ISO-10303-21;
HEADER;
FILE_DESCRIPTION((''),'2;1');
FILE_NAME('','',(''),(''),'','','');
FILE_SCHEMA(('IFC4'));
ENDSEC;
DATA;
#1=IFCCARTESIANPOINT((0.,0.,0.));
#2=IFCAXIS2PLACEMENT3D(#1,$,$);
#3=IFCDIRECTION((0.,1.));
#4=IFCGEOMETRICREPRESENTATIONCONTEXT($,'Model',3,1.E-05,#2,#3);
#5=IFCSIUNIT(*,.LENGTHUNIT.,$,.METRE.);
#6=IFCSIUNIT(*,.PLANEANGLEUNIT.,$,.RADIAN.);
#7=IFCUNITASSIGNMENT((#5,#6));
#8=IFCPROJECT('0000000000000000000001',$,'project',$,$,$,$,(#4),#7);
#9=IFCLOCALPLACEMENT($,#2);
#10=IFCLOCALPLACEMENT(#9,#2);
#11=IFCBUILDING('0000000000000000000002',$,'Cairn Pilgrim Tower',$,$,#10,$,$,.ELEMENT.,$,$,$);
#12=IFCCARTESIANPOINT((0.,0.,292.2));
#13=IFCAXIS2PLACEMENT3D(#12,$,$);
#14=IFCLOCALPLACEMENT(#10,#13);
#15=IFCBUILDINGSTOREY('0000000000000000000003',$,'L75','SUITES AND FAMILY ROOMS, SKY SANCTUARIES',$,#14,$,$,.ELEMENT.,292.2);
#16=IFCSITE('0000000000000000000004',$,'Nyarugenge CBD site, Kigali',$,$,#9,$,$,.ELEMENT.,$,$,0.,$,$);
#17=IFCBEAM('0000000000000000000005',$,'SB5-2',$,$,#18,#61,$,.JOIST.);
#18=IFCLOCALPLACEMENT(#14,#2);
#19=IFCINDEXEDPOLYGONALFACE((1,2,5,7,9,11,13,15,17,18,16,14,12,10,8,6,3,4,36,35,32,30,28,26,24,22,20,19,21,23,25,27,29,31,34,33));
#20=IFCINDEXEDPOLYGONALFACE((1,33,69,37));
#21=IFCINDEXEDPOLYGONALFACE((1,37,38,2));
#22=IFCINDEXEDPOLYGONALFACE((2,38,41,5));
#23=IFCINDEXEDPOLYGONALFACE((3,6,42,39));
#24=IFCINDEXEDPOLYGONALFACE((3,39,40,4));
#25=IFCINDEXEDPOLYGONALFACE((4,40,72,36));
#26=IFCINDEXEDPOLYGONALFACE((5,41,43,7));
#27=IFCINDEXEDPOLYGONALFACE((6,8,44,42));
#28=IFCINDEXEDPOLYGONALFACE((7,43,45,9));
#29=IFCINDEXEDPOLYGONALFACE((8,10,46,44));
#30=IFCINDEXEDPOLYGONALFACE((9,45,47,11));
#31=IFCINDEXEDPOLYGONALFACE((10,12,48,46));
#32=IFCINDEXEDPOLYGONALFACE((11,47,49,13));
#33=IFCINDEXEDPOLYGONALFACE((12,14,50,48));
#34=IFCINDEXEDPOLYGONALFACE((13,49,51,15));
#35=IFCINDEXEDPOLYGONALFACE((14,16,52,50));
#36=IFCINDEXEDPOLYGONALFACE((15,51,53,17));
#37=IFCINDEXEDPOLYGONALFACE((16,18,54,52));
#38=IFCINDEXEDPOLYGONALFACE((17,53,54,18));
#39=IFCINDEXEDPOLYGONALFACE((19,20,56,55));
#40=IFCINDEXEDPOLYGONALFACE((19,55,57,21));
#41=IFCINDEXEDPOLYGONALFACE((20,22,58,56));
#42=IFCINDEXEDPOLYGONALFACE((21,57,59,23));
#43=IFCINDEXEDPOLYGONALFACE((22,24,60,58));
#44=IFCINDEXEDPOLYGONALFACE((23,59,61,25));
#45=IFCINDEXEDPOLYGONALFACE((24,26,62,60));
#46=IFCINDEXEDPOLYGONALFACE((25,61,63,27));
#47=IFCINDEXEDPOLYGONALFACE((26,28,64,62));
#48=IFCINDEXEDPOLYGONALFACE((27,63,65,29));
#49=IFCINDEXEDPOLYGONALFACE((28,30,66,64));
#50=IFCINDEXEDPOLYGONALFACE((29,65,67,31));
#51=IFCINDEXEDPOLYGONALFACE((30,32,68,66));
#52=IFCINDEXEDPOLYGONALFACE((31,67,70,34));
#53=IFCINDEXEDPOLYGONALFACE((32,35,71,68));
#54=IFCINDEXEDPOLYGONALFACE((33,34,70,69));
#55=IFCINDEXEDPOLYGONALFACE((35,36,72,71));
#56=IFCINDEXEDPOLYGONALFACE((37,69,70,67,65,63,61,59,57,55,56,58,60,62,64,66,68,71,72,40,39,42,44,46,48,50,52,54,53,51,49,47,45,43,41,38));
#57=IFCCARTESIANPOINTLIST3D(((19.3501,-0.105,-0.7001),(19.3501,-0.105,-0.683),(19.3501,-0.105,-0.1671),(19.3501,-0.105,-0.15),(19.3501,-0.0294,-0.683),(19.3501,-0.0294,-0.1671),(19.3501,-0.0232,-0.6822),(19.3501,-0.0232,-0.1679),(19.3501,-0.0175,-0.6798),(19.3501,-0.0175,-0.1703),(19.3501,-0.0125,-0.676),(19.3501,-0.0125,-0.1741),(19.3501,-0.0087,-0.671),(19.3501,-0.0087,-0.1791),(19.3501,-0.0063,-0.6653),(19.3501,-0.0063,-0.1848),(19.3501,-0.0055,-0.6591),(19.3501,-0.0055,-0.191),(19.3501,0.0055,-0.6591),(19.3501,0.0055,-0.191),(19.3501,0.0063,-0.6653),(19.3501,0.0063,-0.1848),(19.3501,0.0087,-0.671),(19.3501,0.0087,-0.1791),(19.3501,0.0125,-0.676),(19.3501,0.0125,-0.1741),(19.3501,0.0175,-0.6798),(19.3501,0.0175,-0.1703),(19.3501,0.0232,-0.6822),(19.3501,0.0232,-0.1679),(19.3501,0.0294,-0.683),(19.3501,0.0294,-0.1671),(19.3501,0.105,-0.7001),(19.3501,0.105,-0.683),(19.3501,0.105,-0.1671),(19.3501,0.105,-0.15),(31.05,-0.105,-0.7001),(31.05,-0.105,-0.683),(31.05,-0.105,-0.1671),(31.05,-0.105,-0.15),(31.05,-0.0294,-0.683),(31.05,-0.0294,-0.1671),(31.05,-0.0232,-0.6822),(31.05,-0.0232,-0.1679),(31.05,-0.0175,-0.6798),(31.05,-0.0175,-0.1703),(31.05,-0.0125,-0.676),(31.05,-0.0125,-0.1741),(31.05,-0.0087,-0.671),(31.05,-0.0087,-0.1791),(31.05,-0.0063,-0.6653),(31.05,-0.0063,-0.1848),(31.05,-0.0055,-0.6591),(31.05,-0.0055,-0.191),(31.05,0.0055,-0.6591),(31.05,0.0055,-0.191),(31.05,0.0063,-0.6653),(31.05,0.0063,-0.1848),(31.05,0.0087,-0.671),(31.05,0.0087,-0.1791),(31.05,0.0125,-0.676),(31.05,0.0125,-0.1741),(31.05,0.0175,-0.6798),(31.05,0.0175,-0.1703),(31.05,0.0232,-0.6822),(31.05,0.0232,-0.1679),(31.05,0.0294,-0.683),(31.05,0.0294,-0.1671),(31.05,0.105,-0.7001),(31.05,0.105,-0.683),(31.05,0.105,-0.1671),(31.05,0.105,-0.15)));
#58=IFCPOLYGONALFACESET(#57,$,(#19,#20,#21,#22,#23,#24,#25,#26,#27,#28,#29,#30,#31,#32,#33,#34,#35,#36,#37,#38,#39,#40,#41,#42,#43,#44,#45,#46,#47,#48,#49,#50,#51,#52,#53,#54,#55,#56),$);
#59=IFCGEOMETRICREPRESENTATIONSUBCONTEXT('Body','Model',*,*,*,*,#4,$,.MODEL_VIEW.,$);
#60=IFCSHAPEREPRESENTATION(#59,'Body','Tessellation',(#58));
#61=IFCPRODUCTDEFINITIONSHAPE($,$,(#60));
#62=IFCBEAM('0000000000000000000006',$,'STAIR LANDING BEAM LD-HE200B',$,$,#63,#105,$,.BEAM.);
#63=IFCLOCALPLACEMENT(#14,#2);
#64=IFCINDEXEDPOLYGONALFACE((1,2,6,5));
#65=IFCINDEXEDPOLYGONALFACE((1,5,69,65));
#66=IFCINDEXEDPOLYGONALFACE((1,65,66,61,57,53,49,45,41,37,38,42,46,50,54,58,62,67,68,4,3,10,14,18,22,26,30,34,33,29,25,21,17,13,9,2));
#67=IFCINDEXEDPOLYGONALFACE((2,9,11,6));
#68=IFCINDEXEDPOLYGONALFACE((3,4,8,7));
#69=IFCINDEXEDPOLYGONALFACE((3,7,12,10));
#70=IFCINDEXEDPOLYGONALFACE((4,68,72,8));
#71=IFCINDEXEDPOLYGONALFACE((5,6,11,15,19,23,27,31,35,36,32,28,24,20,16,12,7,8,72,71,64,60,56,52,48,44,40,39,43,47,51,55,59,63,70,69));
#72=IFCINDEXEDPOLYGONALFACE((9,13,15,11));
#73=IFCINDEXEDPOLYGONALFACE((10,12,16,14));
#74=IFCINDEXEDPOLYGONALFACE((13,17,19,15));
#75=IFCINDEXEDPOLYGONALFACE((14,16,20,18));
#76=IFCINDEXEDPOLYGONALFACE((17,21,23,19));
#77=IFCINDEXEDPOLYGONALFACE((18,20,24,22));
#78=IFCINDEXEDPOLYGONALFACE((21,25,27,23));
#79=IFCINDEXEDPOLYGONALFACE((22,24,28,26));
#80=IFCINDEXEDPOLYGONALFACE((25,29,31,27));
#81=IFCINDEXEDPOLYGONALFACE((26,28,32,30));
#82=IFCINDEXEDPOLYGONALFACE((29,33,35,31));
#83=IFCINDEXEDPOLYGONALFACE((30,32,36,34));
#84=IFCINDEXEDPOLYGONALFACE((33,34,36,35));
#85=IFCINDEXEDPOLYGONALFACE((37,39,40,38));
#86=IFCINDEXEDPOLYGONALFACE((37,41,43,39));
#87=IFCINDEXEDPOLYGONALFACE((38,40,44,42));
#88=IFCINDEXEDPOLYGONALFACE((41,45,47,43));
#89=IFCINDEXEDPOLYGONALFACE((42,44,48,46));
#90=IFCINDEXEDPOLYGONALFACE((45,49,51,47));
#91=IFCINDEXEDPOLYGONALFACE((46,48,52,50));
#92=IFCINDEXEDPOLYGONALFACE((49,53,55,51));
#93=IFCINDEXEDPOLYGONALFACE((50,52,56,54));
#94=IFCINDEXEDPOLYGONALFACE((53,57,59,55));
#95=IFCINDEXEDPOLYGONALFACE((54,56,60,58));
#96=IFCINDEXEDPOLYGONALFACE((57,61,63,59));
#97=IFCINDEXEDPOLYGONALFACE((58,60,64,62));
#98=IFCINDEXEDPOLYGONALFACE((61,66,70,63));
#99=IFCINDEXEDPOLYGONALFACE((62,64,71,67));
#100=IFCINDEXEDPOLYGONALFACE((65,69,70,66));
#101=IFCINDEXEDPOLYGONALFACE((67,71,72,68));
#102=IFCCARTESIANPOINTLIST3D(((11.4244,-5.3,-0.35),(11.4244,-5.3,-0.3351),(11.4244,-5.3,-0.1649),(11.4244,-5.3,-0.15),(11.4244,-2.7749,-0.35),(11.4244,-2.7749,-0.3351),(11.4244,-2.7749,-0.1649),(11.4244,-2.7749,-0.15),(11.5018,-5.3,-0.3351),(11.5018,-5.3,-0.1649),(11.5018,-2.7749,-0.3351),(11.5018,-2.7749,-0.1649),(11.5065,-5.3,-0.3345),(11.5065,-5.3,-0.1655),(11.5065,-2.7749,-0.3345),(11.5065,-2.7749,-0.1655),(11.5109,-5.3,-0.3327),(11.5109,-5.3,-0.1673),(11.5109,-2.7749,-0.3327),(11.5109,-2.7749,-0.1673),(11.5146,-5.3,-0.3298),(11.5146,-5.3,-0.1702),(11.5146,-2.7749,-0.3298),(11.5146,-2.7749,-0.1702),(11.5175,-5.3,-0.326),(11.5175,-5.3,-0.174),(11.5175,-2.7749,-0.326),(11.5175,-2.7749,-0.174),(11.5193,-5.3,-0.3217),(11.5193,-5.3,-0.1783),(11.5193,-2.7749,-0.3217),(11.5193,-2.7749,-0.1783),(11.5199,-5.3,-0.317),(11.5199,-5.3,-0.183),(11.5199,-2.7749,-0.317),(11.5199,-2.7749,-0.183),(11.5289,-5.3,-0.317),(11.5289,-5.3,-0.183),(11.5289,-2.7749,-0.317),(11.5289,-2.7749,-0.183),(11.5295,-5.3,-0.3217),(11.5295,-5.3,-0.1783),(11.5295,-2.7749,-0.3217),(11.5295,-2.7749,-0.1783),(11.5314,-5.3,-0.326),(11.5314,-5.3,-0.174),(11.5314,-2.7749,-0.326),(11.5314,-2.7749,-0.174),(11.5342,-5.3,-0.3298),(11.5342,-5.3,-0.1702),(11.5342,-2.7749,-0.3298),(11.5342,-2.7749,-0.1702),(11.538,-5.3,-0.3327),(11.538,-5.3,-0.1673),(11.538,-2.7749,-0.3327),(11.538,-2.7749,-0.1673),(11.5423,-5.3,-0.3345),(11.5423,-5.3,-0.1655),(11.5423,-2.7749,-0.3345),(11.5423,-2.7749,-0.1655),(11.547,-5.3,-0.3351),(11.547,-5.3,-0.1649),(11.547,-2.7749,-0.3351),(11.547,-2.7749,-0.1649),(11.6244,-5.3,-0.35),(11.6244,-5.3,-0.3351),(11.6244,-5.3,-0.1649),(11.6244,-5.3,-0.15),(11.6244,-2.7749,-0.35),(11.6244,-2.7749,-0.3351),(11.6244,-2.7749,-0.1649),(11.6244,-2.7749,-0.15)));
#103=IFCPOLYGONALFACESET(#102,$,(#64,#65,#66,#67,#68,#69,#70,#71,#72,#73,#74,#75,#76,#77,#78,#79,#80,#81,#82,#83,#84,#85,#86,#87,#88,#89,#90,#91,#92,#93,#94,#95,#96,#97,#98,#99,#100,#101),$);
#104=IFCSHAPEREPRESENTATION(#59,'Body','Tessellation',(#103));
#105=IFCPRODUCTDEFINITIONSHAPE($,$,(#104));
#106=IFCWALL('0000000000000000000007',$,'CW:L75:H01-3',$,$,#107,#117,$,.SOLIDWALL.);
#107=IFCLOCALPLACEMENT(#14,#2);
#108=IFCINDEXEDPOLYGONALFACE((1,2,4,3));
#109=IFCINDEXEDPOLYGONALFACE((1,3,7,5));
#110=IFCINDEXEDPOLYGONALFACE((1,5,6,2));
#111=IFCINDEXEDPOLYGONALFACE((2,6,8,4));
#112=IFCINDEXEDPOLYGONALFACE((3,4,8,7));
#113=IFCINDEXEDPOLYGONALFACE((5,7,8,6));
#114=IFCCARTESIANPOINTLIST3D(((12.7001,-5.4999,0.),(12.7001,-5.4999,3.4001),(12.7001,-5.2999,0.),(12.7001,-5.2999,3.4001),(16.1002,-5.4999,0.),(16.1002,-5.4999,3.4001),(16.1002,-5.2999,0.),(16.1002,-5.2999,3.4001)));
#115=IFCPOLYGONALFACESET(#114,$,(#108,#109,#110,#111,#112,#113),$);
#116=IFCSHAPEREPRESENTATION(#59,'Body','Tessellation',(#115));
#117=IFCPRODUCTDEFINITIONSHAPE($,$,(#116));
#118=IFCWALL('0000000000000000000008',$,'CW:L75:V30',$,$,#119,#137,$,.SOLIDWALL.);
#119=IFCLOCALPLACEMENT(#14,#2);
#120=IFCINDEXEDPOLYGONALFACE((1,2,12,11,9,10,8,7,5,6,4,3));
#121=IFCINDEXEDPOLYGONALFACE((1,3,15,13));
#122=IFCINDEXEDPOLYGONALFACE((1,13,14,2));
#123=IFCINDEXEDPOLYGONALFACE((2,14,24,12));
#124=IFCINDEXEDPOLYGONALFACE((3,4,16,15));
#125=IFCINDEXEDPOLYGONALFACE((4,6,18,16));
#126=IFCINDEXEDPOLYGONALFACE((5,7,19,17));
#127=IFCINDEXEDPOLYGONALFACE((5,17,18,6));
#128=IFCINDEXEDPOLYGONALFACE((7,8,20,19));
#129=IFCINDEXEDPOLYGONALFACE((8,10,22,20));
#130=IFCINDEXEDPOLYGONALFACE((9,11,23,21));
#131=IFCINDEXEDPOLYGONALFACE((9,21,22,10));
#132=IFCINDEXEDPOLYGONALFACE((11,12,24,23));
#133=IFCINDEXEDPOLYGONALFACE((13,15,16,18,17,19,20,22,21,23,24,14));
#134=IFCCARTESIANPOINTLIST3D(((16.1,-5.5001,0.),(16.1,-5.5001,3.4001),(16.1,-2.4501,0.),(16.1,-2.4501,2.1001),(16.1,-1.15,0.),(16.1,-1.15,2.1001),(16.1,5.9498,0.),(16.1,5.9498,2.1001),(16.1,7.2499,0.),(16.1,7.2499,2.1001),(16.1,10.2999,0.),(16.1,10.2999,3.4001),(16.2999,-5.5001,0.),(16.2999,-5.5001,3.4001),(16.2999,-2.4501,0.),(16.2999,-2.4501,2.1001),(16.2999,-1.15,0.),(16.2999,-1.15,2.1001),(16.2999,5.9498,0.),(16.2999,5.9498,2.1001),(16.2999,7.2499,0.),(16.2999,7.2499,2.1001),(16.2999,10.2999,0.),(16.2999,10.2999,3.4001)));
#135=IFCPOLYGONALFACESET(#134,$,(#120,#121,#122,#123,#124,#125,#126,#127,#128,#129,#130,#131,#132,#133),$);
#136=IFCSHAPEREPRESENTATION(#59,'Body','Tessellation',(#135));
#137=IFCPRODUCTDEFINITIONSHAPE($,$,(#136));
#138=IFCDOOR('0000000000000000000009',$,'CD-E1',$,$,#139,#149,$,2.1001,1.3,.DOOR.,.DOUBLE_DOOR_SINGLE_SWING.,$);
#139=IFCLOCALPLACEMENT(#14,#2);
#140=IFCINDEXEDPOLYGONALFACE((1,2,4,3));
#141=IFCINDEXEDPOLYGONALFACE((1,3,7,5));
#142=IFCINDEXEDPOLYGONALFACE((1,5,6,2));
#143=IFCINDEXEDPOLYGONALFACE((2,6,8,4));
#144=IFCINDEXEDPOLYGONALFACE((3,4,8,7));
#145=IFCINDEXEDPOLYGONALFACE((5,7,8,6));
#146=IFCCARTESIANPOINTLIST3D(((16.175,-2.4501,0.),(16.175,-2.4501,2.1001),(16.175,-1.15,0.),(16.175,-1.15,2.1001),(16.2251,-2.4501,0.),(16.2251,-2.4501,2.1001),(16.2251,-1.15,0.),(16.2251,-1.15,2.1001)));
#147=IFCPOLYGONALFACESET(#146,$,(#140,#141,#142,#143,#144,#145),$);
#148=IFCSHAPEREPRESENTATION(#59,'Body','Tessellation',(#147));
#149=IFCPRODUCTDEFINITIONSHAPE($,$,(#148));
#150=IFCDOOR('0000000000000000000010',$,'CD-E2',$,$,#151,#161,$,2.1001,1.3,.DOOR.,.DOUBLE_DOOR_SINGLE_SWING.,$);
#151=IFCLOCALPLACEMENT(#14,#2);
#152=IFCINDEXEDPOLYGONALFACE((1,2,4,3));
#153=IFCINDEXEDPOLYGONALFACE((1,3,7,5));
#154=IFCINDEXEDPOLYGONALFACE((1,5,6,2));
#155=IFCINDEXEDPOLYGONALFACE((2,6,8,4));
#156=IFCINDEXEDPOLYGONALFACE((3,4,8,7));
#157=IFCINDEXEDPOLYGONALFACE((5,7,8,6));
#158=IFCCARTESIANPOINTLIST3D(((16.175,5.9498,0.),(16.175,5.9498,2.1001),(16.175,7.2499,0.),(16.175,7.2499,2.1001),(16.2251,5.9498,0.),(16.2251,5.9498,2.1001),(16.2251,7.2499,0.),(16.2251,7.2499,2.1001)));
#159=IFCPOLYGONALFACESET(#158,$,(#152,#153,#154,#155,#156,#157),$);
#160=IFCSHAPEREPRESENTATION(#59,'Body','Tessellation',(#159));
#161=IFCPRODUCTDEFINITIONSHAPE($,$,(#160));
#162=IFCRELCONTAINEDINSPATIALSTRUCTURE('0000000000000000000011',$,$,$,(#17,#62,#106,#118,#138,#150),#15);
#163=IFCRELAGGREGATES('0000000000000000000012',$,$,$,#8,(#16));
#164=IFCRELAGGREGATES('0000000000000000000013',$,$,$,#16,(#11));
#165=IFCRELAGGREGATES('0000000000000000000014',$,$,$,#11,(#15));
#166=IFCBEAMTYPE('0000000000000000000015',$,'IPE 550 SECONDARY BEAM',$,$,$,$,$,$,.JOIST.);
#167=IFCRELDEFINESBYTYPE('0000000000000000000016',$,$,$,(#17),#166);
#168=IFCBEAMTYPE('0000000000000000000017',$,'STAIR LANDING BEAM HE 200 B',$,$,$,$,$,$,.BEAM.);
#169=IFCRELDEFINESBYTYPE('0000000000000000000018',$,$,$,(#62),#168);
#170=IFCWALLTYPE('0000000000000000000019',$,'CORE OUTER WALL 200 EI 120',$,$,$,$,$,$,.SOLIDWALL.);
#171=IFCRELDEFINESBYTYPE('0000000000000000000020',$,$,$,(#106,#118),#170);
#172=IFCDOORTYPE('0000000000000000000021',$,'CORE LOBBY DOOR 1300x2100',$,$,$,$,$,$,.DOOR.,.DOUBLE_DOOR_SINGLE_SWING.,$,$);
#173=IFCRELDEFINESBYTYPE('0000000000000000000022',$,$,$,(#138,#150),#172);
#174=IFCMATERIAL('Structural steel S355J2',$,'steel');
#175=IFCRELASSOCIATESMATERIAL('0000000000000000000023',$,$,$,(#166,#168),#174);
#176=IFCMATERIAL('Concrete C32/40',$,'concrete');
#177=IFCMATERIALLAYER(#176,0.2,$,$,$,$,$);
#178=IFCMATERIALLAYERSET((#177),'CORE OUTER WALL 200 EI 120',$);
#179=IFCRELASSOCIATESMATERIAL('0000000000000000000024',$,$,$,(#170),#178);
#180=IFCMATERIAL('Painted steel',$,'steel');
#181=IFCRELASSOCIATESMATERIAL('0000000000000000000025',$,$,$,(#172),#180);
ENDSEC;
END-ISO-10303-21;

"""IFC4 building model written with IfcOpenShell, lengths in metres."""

from ifc_helpers import new_model, si_unit, direction, frame, frame_2d, origin, origin_2d, place, context, subcontext, project, spatial, rectangle, i_section, extrude, material, layer, layer_set, material_profile, profile_set, type_object, element, fill, save


model = new_model("IFC4")

# Units and contexts
model_context = context("Model", 3, precision=1e-05, world=origin(), true_north=direction((0.0, 1.0)))
body_context = subcontext(model_context, "Body", "Model", "MODEL_VIEW")
ifc_project = project(units=[si_unit("LENGTHUNIT", "METRE"), si_unit("PLANEANGLEUNIT", "RADIAN")], contexts=[model_context])

# Site, building, storey
site_placement = place(None, origin())
site = spatial("IfcSite", under=ifc_project, at=site_placement, Name="Nyarugenge CBD site, Kigali", CompositionType="ELEMENT", RefElevation=0.0)
building_placement = place(site_placement, origin())
building = spatial("IfcBuilding", under=site, at=building_placement, Name="Cairn Pilgrim Tower", CompositionType="ELEMENT")
storey_placement = place(building_placement, frame((0.0, 0.0, 292.2)))
storey = spatial("IfcBuildingStorey", under=building, at=storey_placement, Name="L75", Description="SUITES AND FAMILY ROOMS, SKY SANCTUARIES", CompositionType="ELEMENT", Elevation=292.2)

# Shared definitions
ifc_material_1 = material(Name="Structural steel S355J2", Category="steel")

# Beams
ifc_material_profile_1 = material_profile(ifc_material_1, i_section(OverallWidth=0.21, OverallDepth=0.55, WebThickness=0.011, FlangeThickness=0.0171, FilletRadius=0.0239, at=origin_2d()), Name="IPE 550")
ifc_profile_set_1 = profile_set([ifc_material_profile_1], Name="Structural steel S355J2")
beam_type_1 = type_object("IfcBeamType", Name="IPE 550 SECONDARY BEAM", PredefinedType="JOIST", material=ifc_profile_set_1)
for number, where, z_axis, x_axis, name in (
    (1, (19.3501, 0.0, -0.425), (1.0, 0.0, 0.0), (0.0, 1.0, 0.0), "SB5-2"),
):
    element("IfcBeam", number, at=place(storey_placement, frame(where, z_axis=z_axis, x_axis=x_axis)), inside=storey, type_object=beam_type_1, Name=name, PredefinedType="JOIST", context=body_context, shape_type="SweptSolid", body=[
        extrude(i_section(OverallWidth=0.21, OverallDepth=0.55, WebThickness=0.011, FlangeThickness=0.0171, FilletRadius=0.0239, at=origin_2d()), origin(), (0.0, 0.0, 1.0), 11.7),
    ])
ifc_material_profile_2 = material_profile(ifc_material_1, i_section(OverallWidth=0.2, OverallDepth=0.2, WebThickness=0.009, FlangeThickness=0.0149, FilletRadius=0.0181, at=origin_2d()), Name="HE 200 B")
ifc_profile_set_2 = profile_set([ifc_material_profile_2], Name="Structural steel S355J2")
beam_type_2 = type_object("IfcBeamType", Name="STAIR LANDING BEAM HE 200 B", PredefinedType="BEAM", material=ifc_profile_set_2)
beam_1_placement = place(storey_placement, frame((11.5244, -2.7749, -0.25), z_axis=(0.0, -1.0, 0.0), x_axis=(1.0, 0.0, 0.0)))
element("IfcBeam", 2, at=beam_1_placement, inside=storey, type_object=beam_type_2, Name="STAIR LANDING BEAM LD-HE200B", PredefinedType="BEAM", context=body_context, shape_type="SweptSolid", body=[
    extrude(i_section(OverallWidth=0.2, OverallDepth=0.2, WebThickness=0.009, FlangeThickness=0.0149, FilletRadius=0.0181, at=origin_2d()), origin(), (0.0, 0.0, 1.0), 2.5251),
])

# Wall
ifc_material_2 = material(Name="Concrete C32/40", Category="concrete")
ifc_layer_1 = layer(ifc_material_2, 0.2)
ifc_layer_set_1 = layer_set([ifc_layer_1], Name="CORE OUTER WALL 200 EI 120")
wall_type_1 = type_object("IfcWallType", Name="CORE OUTER WALL 200 EI 120", PredefinedType="SOLIDWALL", material=ifc_layer_set_1)
wall_1_placement = place(storey_placement, frame((12.7, -5.3999, 0.0), z_axis=(0.0, 0.0, 1.0), x_axis=(1.0, 0.0, 0.0)))
element("IfcWall", 3, at=wall_1_placement, inside=storey, type_object=wall_type_1, Name="CW:L75:H01-3", PredefinedType="SOLIDWALL", context=body_context, shape_type="SweptSolid", body=[
    extrude(rectangle(XDim=3.4001, YDim=0.2, at=frame_2d((1.7002, 0.0))), origin(), (0.0, 0.0, 1.0), 3.4001),
])

# Wall, openings, doors
wall_2_placement = place(storey_placement, frame((16.2, -5.5, 0.0), z_axis=(0.0, 0.0, 1.0), x_axis=(0.0, 1.0, 0.0)))
wall_2 = element("IfcWall", 4, at=wall_2_placement, inside=storey, type_object=wall_type_1, Name="CW:L75:V30", PredefinedType="SOLIDWALL", context=body_context, shape_type="SweptSolid", body=[
    extrude(rectangle(XDim=15.8, YDim=0.2, at=frame_2d((7.8999, 0.0))), origin(), (0.0, 0.0, 1.0), 3.4001),
])
opening_1_placement = place(wall_2_placement, frame((3.05, 0.0, 0.0)))
opening_1 = element("IfcOpeningElement", 5, at=opening_1_placement, cuts=wall_2, PredefinedType="OPENING", context=body_context, shape_type="SweptSolid", body=[
    extrude(rectangle(XDim=1.3, YDim=2.1001, at=frame_2d((0.6499, 1.05))), frame((0.0, 0.1099, 0.0), z_axis=(0.0, -1.0, 0.0), x_axis=(1.0, 0.0, 0.0)), (0.0, 0.0, 1.0), 0.22),
])
opening_2_placement = place(wall_2_placement, frame((11.45, 0.0, 0.0)))
opening_2 = element("IfcOpeningElement", 6, at=opening_2_placement, cuts=wall_2, PredefinedType="OPENING", context=body_context, shape_type="SweptSolid", body=[
    extrude(rectangle(XDim=1.3, YDim=2.1001, at=frame_2d((0.6499, 1.05))), frame((0.0, 0.1099, 0.0), z_axis=(0.0, -1.0, 0.0), x_axis=(1.0, 0.0, 0.0)), (0.0, 0.0, 1.0), 0.22),
])
ifc_material_3 = material(Name="Painted steel", Category="steel")
door_type_1 = type_object("IfcDoorType", Name="CORE LOBBY DOOR 1300x2100", OperationType="DOUBLE_DOOR_SINGLE_SWING", PredefinedType="DOOR", material=ifc_material_3)
door_1_placement = place(opening_1_placement, origin())
door_1 = element("IfcDoor", 7, at=door_1_placement, inside=storey, type_object=door_type_1, Name="CD-E1", OperationType="DOUBLE_DOOR_SINGLE_SWING", OverallHeight=2.1001, OverallWidth=1.3, PredefinedType="DOOR", context=body_context, shape_type="SweptSolid", body=[
    extrude(rectangle(XDim=1.3, YDim=2.1001, at=frame_2d((0.6499, 1.05))), frame((0.0, 0.0249, 0.0), z_axis=(0.0, -1.0, 0.0), x_axis=(1.0, 0.0, 0.0)), (0.0, 0.0, 1.0), 0.05),
])
fill(opening_1, door_1)
door_2_placement = place(opening_2_placement, origin())
door_2 = element("IfcDoor", 8, at=door_2_placement, inside=storey, type_object=door_type_1, Name="CD-E2", OperationType="DOUBLE_DOOR_SINGLE_SWING", OverallHeight=2.1001, OverallWidth=1.3, PredefinedType="DOOR", context=body_context, shape_type="SweptSolid", body=[
    extrude(rectangle(XDim=1.3, YDim=2.1001, at=frame_2d((0.6499, 1.05))), frame((0.0, 0.0249, 0.0), z_axis=(0.0, -1.0, 0.0), x_axis=(1.0, 0.0, 0.0)), (0.0, 0.0, 1.0), 0.05),
])
fill(opening_2, door_2)

save(model, "model.ifc")
